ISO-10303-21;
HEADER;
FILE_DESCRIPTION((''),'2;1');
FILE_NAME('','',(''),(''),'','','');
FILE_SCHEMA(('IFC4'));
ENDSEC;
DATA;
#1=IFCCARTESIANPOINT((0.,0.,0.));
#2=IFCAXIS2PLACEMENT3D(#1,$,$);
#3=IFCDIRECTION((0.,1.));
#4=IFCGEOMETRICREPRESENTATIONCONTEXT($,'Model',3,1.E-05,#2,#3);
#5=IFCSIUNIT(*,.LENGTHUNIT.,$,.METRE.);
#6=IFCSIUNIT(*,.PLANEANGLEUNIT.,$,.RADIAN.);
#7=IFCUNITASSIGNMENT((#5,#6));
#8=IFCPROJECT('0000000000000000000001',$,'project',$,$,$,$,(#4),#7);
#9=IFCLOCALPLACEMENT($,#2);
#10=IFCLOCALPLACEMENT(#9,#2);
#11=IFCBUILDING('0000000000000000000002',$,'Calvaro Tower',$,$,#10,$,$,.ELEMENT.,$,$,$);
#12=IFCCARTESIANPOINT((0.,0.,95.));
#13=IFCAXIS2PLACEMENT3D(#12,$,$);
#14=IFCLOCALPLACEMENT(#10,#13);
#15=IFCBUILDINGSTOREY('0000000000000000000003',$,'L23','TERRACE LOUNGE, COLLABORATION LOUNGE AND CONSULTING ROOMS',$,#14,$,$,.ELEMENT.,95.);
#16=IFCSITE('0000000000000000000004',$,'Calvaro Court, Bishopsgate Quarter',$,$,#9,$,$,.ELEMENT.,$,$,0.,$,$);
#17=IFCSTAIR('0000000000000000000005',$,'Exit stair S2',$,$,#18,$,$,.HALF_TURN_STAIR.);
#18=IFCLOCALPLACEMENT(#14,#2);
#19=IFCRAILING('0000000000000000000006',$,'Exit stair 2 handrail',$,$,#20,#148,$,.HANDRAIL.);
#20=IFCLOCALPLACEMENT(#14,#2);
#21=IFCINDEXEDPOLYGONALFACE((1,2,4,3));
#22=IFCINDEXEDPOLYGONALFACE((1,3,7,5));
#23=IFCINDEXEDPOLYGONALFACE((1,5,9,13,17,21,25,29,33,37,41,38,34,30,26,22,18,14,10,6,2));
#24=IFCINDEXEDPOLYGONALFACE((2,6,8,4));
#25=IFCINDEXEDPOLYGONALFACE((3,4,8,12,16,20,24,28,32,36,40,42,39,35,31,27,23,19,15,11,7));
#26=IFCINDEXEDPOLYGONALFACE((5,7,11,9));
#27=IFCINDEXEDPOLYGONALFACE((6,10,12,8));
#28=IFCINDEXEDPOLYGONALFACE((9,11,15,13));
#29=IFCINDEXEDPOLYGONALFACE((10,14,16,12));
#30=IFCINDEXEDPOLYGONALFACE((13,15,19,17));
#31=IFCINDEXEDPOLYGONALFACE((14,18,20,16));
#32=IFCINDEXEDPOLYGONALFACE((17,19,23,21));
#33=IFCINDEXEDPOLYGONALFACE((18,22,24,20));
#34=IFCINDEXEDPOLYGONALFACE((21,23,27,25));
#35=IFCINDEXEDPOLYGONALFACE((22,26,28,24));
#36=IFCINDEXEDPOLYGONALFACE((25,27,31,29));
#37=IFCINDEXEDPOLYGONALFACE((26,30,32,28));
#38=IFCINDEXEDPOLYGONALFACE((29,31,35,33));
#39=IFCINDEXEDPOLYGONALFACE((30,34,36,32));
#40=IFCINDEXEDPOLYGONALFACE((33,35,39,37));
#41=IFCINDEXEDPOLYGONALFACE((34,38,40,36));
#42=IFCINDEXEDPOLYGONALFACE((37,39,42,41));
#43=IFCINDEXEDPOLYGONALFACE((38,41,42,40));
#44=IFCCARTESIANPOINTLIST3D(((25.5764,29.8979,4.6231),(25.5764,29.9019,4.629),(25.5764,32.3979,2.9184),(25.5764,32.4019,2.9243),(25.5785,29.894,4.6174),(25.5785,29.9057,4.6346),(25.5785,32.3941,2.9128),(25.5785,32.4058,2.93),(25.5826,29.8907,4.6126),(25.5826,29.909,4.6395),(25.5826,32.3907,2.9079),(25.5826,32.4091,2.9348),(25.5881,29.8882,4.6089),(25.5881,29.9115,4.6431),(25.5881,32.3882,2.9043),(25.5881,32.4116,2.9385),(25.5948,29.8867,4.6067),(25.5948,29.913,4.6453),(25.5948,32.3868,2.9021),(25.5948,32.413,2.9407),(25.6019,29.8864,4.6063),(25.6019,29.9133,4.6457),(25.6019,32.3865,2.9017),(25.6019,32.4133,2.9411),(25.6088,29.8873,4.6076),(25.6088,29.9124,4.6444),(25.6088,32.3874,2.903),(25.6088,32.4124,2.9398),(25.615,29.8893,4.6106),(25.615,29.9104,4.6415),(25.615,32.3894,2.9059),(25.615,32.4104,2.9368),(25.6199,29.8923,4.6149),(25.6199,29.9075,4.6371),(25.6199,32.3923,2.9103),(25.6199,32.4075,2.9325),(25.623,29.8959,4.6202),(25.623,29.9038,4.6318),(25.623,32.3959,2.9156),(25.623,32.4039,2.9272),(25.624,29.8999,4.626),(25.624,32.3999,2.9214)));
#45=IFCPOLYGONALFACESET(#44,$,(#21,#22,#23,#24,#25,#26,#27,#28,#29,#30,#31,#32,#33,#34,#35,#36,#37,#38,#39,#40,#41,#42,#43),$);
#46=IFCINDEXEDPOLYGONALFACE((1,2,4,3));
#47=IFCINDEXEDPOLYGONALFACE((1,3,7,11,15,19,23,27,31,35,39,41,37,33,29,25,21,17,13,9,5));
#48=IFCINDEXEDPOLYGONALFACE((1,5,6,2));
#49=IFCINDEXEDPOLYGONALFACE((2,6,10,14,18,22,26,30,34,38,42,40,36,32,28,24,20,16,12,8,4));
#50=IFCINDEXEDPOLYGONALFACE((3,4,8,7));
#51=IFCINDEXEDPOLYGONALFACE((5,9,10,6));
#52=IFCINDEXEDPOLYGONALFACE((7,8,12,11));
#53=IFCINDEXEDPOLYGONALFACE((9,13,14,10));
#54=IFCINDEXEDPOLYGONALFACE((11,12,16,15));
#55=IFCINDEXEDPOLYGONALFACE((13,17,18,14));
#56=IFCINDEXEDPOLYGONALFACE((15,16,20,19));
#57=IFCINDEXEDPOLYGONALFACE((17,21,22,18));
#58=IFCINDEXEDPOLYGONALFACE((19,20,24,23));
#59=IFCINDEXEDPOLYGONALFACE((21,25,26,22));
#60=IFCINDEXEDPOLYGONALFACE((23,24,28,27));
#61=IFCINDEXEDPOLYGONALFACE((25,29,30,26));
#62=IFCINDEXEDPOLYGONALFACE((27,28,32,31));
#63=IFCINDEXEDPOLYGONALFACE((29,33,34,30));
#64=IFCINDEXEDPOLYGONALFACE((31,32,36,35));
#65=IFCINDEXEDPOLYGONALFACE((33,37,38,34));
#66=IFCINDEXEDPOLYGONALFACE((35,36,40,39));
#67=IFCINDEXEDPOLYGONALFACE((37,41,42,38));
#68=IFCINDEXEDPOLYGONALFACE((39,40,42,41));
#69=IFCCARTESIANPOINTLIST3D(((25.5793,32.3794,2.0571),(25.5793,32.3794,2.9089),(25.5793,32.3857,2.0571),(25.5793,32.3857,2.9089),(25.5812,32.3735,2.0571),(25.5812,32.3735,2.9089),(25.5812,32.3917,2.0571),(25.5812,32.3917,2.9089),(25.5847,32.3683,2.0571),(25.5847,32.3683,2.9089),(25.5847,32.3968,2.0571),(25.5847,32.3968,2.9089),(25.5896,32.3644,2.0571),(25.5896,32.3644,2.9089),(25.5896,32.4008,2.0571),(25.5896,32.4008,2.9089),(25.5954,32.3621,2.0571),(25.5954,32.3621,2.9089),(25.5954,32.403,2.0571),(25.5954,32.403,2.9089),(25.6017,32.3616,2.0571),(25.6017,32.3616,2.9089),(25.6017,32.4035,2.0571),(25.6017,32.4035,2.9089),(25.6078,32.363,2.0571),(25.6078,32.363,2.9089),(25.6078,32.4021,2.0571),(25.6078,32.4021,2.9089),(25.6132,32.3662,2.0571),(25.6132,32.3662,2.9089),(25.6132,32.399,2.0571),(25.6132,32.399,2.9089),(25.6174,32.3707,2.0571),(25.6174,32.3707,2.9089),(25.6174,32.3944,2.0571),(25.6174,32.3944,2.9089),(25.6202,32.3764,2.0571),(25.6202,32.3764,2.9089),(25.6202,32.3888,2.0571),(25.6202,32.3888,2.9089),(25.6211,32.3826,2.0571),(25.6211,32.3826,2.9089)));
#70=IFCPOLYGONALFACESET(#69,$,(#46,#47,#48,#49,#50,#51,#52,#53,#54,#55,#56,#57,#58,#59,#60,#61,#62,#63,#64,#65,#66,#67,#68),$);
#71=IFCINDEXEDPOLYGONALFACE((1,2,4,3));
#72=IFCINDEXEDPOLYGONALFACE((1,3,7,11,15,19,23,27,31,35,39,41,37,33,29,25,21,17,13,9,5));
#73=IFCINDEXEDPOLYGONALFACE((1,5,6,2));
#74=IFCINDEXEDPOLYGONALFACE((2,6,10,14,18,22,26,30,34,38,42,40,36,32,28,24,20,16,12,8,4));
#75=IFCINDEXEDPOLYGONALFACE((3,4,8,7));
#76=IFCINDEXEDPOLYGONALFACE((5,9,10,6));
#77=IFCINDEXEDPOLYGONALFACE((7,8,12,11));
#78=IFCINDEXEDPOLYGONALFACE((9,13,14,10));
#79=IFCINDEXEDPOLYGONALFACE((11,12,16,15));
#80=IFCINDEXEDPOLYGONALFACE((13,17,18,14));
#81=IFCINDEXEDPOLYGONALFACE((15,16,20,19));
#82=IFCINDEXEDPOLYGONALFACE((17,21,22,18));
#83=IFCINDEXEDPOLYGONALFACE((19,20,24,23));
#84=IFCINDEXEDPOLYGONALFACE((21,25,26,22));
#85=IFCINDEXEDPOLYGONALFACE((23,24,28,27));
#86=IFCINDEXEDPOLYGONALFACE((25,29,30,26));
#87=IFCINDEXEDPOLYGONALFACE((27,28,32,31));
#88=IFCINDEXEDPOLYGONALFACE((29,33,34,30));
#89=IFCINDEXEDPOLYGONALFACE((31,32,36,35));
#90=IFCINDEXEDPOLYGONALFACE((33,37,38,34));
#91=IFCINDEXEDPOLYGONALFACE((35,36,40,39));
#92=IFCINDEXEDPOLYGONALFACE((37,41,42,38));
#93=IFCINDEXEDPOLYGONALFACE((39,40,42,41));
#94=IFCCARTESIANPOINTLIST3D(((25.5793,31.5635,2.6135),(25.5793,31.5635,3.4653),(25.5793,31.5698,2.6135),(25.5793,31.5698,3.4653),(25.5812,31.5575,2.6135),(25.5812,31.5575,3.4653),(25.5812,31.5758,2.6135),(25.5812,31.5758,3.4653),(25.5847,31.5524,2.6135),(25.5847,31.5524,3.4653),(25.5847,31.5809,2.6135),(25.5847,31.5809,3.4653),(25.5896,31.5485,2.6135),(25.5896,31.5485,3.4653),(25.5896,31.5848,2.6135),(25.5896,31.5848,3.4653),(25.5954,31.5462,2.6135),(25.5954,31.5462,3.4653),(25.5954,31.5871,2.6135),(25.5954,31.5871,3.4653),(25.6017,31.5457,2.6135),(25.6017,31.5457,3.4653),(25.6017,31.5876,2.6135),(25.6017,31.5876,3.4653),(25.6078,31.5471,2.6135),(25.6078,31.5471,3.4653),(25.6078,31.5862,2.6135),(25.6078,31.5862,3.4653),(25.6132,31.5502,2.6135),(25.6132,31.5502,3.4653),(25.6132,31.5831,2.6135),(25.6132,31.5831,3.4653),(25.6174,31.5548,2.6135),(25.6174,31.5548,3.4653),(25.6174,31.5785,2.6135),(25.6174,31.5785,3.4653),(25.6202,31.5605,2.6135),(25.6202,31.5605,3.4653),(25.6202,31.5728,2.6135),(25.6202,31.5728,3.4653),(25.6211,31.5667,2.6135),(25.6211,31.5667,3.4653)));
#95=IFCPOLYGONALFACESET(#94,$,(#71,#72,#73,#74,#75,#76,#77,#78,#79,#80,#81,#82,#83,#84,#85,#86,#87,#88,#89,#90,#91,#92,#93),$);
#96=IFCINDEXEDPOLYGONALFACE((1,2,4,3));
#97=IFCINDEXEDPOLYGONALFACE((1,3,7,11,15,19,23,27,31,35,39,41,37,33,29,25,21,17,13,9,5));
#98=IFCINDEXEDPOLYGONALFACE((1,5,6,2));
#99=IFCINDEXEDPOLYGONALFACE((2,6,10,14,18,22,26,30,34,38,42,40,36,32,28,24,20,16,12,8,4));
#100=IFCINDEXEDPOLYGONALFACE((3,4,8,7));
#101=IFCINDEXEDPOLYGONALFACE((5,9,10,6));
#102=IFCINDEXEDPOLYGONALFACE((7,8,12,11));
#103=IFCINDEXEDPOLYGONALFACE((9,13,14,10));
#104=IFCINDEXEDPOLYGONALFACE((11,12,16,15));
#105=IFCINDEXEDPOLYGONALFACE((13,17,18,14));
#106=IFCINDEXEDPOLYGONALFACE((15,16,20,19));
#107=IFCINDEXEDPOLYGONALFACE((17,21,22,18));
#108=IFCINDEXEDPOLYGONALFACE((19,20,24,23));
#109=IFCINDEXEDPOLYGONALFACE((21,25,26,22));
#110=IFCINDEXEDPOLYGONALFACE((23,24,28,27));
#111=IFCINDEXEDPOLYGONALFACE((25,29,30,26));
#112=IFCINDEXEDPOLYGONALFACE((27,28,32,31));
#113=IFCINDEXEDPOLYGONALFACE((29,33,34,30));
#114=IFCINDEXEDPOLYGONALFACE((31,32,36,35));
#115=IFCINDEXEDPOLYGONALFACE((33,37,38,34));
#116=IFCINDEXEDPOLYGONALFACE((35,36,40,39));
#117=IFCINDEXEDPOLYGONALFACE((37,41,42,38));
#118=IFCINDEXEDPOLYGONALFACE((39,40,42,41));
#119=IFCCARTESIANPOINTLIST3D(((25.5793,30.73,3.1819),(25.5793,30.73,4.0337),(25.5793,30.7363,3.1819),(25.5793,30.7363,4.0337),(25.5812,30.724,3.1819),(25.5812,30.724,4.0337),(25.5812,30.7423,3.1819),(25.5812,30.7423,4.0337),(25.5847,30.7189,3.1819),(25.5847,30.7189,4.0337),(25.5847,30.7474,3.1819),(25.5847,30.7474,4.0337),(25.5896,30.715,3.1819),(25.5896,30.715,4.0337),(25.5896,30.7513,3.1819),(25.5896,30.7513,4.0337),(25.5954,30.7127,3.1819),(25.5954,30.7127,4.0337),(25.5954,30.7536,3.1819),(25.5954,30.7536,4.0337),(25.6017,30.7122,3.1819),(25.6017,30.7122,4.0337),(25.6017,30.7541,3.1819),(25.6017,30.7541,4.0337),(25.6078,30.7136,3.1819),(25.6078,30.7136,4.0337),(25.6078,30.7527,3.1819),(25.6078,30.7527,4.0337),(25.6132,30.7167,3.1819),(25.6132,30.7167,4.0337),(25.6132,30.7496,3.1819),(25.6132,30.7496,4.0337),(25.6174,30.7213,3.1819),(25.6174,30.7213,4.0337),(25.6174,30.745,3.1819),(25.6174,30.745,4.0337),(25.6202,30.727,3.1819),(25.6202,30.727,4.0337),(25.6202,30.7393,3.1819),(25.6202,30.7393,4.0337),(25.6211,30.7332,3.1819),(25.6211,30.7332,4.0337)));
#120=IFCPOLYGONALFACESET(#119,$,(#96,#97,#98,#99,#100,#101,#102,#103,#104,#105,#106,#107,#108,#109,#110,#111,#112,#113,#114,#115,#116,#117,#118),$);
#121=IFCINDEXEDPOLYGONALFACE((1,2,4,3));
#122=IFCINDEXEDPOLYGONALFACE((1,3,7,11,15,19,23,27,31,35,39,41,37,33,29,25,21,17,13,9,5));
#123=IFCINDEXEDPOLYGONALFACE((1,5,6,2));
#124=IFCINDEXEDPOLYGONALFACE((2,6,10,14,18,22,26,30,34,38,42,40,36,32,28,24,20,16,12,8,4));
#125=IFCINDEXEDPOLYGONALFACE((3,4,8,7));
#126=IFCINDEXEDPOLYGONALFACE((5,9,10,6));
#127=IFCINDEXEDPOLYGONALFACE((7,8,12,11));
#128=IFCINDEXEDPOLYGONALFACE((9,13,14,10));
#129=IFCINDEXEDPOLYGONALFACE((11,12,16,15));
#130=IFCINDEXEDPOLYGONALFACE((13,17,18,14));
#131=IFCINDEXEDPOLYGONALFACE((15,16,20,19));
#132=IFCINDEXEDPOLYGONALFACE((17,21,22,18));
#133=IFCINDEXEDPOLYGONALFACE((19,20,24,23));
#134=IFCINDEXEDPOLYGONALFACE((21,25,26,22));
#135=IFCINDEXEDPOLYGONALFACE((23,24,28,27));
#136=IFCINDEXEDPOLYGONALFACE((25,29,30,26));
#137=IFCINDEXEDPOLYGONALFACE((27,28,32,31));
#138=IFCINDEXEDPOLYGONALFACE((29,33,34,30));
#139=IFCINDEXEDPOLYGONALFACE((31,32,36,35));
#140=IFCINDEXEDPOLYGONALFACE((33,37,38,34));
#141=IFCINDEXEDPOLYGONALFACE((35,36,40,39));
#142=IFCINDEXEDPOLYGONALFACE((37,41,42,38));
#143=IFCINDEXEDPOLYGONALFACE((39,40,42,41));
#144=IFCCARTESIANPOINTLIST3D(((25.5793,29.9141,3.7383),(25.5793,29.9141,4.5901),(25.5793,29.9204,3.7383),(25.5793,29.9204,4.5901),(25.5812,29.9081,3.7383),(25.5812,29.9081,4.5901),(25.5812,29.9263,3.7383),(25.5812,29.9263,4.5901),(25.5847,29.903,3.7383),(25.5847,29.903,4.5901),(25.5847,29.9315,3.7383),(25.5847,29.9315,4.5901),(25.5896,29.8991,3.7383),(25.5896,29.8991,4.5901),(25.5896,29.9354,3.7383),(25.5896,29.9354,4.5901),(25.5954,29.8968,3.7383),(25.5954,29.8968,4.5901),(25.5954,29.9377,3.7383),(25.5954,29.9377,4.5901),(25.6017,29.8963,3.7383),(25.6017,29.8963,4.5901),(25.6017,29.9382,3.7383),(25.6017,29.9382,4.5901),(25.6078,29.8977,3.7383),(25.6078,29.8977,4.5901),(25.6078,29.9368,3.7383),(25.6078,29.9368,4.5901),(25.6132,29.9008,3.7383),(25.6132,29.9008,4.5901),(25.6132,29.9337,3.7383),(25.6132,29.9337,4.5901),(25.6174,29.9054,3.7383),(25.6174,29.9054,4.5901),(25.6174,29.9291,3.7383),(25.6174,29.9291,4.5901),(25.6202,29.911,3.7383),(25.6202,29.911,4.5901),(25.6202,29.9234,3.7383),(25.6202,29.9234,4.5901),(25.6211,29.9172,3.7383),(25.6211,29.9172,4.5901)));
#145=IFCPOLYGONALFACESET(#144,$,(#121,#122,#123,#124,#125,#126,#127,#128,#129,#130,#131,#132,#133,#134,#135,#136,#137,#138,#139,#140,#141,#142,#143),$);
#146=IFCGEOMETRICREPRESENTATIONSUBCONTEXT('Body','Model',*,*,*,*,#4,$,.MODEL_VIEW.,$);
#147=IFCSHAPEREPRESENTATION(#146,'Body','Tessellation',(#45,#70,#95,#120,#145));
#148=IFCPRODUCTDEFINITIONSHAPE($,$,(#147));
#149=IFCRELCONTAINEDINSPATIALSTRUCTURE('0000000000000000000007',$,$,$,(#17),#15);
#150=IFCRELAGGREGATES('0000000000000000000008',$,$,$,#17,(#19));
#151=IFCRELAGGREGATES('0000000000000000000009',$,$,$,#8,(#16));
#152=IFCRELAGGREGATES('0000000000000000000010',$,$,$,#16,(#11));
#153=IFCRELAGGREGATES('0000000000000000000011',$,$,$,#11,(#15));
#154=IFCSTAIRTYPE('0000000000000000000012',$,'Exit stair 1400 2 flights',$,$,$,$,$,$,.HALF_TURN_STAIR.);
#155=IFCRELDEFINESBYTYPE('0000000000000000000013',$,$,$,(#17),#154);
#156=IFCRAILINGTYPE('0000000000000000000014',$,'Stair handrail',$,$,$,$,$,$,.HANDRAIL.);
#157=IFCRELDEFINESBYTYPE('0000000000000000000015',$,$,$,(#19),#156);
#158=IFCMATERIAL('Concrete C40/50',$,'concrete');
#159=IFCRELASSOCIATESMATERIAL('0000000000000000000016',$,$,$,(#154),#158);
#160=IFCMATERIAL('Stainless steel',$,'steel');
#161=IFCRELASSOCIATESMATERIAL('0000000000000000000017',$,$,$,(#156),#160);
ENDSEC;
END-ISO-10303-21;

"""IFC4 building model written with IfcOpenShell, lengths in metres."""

from ifc_helpers import new_model, si_unit, direction, frame, origin, origin_2d, place, context, subcontext, project, spatial, circle, extrude, material, type_object, element, aggregate, save


model = new_model("IFC4")

# Units and contexts
model_context = context("Model", 3, precision=1e-05, world=origin(), true_north=direction((0.0, 1.0)))
body_context = subcontext(model_context, "Body", "Model", "MODEL_VIEW")
ifc_project = project(units=[si_unit("LENGTHUNIT", "METRE"), si_unit("PLANEANGLEUNIT", "RADIAN")], contexts=[model_context])

# Site, building, storey
site_placement = place(None, origin())
site = spatial("IfcSite", under=ifc_project, at=site_placement, Name="Calvaro Court, Bishopsgate Quarter", CompositionType="ELEMENT", RefElevation=0.0)
building_placement = place(site_placement, origin())
building = spatial("IfcBuilding", under=site, at=building_placement, Name="Calvaro Tower", CompositionType="ELEMENT")
storey_placement = place(building_placement, frame((0.0, 0.0, 95.0)))
storey = spatial("IfcBuildingStorey", under=building, at=storey_placement, Name="L23", Description="TERRACE LOUNGE, COLLABORATION LOUNGE AND CONSULTING ROOMS", CompositionType="ELEMENT", Elevation=95.0)

# Stair, railing
ifc_material_1 = material(Name="Concrete C40/50", Category="concrete")
stair_type = type_object("IfcStairType", Name="Exit stair 1400 2 flights", PredefinedType="HALF_TURN_STAIR", material=ifc_material_1)
stair_placement = place(storey_placement, origin())
stair = element("IfcStair", 1, at=stair_placement, inside=storey, type_object=stair_type, Name="Exit stair S2", PredefinedType="HALF_TURN_STAIR")
ifc_material_2 = material(Name="Stainless steel", Category="steel")
railing_type = type_object("IfcRailingType", Name="Stair handrail", PredefinedType="HANDRAIL", material=ifc_material_2)
railing_1_placement = place(storey_placement, frame((25.6001, 32.3999, 2.0454)))
railing_1 = element("IfcRailing", 2, at=railing_1_placement, type_object=railing_type, Name="Exit stair 2 handrail", PredefinedType="HANDRAIL", context=body_context, shape_type="SweptSolid", body=[
    extrude(circle(Radius=0.0239, at=origin_2d()), frame((0.0, 0.0, 0.876), z_axis=(0.0, -0.826221, 0.563347), x_axis=(1.0, 0.0, 0.0)), (0.0, 0.0, 1.0), 3.0259),
    extrude(circle(Radius=0.021, at=origin_2d()), frame((0.0, -0.0173, 0.0117)), (0.0, 0.0, 1.0), 0.8518),
    extrude(circle(Radius=0.021, at=origin_2d()), frame((0.0, -0.8333, 0.5681)), (0.0, 0.0, 1.0), 0.8518),
    extrude(circle(Radius=0.021, at=origin_2d()), frame((0.0, -1.6667, 1.1365)), (0.0, 0.0, 1.0), 0.8518),
    extrude(circle(Radius=0.021, at=origin_2d()), frame((0.0, -2.4827, 1.6929)), (0.0, 0.0, 1.0), 0.8518),
])
aggregate(stair, [railing_1])

save(model, "model.ifc")
